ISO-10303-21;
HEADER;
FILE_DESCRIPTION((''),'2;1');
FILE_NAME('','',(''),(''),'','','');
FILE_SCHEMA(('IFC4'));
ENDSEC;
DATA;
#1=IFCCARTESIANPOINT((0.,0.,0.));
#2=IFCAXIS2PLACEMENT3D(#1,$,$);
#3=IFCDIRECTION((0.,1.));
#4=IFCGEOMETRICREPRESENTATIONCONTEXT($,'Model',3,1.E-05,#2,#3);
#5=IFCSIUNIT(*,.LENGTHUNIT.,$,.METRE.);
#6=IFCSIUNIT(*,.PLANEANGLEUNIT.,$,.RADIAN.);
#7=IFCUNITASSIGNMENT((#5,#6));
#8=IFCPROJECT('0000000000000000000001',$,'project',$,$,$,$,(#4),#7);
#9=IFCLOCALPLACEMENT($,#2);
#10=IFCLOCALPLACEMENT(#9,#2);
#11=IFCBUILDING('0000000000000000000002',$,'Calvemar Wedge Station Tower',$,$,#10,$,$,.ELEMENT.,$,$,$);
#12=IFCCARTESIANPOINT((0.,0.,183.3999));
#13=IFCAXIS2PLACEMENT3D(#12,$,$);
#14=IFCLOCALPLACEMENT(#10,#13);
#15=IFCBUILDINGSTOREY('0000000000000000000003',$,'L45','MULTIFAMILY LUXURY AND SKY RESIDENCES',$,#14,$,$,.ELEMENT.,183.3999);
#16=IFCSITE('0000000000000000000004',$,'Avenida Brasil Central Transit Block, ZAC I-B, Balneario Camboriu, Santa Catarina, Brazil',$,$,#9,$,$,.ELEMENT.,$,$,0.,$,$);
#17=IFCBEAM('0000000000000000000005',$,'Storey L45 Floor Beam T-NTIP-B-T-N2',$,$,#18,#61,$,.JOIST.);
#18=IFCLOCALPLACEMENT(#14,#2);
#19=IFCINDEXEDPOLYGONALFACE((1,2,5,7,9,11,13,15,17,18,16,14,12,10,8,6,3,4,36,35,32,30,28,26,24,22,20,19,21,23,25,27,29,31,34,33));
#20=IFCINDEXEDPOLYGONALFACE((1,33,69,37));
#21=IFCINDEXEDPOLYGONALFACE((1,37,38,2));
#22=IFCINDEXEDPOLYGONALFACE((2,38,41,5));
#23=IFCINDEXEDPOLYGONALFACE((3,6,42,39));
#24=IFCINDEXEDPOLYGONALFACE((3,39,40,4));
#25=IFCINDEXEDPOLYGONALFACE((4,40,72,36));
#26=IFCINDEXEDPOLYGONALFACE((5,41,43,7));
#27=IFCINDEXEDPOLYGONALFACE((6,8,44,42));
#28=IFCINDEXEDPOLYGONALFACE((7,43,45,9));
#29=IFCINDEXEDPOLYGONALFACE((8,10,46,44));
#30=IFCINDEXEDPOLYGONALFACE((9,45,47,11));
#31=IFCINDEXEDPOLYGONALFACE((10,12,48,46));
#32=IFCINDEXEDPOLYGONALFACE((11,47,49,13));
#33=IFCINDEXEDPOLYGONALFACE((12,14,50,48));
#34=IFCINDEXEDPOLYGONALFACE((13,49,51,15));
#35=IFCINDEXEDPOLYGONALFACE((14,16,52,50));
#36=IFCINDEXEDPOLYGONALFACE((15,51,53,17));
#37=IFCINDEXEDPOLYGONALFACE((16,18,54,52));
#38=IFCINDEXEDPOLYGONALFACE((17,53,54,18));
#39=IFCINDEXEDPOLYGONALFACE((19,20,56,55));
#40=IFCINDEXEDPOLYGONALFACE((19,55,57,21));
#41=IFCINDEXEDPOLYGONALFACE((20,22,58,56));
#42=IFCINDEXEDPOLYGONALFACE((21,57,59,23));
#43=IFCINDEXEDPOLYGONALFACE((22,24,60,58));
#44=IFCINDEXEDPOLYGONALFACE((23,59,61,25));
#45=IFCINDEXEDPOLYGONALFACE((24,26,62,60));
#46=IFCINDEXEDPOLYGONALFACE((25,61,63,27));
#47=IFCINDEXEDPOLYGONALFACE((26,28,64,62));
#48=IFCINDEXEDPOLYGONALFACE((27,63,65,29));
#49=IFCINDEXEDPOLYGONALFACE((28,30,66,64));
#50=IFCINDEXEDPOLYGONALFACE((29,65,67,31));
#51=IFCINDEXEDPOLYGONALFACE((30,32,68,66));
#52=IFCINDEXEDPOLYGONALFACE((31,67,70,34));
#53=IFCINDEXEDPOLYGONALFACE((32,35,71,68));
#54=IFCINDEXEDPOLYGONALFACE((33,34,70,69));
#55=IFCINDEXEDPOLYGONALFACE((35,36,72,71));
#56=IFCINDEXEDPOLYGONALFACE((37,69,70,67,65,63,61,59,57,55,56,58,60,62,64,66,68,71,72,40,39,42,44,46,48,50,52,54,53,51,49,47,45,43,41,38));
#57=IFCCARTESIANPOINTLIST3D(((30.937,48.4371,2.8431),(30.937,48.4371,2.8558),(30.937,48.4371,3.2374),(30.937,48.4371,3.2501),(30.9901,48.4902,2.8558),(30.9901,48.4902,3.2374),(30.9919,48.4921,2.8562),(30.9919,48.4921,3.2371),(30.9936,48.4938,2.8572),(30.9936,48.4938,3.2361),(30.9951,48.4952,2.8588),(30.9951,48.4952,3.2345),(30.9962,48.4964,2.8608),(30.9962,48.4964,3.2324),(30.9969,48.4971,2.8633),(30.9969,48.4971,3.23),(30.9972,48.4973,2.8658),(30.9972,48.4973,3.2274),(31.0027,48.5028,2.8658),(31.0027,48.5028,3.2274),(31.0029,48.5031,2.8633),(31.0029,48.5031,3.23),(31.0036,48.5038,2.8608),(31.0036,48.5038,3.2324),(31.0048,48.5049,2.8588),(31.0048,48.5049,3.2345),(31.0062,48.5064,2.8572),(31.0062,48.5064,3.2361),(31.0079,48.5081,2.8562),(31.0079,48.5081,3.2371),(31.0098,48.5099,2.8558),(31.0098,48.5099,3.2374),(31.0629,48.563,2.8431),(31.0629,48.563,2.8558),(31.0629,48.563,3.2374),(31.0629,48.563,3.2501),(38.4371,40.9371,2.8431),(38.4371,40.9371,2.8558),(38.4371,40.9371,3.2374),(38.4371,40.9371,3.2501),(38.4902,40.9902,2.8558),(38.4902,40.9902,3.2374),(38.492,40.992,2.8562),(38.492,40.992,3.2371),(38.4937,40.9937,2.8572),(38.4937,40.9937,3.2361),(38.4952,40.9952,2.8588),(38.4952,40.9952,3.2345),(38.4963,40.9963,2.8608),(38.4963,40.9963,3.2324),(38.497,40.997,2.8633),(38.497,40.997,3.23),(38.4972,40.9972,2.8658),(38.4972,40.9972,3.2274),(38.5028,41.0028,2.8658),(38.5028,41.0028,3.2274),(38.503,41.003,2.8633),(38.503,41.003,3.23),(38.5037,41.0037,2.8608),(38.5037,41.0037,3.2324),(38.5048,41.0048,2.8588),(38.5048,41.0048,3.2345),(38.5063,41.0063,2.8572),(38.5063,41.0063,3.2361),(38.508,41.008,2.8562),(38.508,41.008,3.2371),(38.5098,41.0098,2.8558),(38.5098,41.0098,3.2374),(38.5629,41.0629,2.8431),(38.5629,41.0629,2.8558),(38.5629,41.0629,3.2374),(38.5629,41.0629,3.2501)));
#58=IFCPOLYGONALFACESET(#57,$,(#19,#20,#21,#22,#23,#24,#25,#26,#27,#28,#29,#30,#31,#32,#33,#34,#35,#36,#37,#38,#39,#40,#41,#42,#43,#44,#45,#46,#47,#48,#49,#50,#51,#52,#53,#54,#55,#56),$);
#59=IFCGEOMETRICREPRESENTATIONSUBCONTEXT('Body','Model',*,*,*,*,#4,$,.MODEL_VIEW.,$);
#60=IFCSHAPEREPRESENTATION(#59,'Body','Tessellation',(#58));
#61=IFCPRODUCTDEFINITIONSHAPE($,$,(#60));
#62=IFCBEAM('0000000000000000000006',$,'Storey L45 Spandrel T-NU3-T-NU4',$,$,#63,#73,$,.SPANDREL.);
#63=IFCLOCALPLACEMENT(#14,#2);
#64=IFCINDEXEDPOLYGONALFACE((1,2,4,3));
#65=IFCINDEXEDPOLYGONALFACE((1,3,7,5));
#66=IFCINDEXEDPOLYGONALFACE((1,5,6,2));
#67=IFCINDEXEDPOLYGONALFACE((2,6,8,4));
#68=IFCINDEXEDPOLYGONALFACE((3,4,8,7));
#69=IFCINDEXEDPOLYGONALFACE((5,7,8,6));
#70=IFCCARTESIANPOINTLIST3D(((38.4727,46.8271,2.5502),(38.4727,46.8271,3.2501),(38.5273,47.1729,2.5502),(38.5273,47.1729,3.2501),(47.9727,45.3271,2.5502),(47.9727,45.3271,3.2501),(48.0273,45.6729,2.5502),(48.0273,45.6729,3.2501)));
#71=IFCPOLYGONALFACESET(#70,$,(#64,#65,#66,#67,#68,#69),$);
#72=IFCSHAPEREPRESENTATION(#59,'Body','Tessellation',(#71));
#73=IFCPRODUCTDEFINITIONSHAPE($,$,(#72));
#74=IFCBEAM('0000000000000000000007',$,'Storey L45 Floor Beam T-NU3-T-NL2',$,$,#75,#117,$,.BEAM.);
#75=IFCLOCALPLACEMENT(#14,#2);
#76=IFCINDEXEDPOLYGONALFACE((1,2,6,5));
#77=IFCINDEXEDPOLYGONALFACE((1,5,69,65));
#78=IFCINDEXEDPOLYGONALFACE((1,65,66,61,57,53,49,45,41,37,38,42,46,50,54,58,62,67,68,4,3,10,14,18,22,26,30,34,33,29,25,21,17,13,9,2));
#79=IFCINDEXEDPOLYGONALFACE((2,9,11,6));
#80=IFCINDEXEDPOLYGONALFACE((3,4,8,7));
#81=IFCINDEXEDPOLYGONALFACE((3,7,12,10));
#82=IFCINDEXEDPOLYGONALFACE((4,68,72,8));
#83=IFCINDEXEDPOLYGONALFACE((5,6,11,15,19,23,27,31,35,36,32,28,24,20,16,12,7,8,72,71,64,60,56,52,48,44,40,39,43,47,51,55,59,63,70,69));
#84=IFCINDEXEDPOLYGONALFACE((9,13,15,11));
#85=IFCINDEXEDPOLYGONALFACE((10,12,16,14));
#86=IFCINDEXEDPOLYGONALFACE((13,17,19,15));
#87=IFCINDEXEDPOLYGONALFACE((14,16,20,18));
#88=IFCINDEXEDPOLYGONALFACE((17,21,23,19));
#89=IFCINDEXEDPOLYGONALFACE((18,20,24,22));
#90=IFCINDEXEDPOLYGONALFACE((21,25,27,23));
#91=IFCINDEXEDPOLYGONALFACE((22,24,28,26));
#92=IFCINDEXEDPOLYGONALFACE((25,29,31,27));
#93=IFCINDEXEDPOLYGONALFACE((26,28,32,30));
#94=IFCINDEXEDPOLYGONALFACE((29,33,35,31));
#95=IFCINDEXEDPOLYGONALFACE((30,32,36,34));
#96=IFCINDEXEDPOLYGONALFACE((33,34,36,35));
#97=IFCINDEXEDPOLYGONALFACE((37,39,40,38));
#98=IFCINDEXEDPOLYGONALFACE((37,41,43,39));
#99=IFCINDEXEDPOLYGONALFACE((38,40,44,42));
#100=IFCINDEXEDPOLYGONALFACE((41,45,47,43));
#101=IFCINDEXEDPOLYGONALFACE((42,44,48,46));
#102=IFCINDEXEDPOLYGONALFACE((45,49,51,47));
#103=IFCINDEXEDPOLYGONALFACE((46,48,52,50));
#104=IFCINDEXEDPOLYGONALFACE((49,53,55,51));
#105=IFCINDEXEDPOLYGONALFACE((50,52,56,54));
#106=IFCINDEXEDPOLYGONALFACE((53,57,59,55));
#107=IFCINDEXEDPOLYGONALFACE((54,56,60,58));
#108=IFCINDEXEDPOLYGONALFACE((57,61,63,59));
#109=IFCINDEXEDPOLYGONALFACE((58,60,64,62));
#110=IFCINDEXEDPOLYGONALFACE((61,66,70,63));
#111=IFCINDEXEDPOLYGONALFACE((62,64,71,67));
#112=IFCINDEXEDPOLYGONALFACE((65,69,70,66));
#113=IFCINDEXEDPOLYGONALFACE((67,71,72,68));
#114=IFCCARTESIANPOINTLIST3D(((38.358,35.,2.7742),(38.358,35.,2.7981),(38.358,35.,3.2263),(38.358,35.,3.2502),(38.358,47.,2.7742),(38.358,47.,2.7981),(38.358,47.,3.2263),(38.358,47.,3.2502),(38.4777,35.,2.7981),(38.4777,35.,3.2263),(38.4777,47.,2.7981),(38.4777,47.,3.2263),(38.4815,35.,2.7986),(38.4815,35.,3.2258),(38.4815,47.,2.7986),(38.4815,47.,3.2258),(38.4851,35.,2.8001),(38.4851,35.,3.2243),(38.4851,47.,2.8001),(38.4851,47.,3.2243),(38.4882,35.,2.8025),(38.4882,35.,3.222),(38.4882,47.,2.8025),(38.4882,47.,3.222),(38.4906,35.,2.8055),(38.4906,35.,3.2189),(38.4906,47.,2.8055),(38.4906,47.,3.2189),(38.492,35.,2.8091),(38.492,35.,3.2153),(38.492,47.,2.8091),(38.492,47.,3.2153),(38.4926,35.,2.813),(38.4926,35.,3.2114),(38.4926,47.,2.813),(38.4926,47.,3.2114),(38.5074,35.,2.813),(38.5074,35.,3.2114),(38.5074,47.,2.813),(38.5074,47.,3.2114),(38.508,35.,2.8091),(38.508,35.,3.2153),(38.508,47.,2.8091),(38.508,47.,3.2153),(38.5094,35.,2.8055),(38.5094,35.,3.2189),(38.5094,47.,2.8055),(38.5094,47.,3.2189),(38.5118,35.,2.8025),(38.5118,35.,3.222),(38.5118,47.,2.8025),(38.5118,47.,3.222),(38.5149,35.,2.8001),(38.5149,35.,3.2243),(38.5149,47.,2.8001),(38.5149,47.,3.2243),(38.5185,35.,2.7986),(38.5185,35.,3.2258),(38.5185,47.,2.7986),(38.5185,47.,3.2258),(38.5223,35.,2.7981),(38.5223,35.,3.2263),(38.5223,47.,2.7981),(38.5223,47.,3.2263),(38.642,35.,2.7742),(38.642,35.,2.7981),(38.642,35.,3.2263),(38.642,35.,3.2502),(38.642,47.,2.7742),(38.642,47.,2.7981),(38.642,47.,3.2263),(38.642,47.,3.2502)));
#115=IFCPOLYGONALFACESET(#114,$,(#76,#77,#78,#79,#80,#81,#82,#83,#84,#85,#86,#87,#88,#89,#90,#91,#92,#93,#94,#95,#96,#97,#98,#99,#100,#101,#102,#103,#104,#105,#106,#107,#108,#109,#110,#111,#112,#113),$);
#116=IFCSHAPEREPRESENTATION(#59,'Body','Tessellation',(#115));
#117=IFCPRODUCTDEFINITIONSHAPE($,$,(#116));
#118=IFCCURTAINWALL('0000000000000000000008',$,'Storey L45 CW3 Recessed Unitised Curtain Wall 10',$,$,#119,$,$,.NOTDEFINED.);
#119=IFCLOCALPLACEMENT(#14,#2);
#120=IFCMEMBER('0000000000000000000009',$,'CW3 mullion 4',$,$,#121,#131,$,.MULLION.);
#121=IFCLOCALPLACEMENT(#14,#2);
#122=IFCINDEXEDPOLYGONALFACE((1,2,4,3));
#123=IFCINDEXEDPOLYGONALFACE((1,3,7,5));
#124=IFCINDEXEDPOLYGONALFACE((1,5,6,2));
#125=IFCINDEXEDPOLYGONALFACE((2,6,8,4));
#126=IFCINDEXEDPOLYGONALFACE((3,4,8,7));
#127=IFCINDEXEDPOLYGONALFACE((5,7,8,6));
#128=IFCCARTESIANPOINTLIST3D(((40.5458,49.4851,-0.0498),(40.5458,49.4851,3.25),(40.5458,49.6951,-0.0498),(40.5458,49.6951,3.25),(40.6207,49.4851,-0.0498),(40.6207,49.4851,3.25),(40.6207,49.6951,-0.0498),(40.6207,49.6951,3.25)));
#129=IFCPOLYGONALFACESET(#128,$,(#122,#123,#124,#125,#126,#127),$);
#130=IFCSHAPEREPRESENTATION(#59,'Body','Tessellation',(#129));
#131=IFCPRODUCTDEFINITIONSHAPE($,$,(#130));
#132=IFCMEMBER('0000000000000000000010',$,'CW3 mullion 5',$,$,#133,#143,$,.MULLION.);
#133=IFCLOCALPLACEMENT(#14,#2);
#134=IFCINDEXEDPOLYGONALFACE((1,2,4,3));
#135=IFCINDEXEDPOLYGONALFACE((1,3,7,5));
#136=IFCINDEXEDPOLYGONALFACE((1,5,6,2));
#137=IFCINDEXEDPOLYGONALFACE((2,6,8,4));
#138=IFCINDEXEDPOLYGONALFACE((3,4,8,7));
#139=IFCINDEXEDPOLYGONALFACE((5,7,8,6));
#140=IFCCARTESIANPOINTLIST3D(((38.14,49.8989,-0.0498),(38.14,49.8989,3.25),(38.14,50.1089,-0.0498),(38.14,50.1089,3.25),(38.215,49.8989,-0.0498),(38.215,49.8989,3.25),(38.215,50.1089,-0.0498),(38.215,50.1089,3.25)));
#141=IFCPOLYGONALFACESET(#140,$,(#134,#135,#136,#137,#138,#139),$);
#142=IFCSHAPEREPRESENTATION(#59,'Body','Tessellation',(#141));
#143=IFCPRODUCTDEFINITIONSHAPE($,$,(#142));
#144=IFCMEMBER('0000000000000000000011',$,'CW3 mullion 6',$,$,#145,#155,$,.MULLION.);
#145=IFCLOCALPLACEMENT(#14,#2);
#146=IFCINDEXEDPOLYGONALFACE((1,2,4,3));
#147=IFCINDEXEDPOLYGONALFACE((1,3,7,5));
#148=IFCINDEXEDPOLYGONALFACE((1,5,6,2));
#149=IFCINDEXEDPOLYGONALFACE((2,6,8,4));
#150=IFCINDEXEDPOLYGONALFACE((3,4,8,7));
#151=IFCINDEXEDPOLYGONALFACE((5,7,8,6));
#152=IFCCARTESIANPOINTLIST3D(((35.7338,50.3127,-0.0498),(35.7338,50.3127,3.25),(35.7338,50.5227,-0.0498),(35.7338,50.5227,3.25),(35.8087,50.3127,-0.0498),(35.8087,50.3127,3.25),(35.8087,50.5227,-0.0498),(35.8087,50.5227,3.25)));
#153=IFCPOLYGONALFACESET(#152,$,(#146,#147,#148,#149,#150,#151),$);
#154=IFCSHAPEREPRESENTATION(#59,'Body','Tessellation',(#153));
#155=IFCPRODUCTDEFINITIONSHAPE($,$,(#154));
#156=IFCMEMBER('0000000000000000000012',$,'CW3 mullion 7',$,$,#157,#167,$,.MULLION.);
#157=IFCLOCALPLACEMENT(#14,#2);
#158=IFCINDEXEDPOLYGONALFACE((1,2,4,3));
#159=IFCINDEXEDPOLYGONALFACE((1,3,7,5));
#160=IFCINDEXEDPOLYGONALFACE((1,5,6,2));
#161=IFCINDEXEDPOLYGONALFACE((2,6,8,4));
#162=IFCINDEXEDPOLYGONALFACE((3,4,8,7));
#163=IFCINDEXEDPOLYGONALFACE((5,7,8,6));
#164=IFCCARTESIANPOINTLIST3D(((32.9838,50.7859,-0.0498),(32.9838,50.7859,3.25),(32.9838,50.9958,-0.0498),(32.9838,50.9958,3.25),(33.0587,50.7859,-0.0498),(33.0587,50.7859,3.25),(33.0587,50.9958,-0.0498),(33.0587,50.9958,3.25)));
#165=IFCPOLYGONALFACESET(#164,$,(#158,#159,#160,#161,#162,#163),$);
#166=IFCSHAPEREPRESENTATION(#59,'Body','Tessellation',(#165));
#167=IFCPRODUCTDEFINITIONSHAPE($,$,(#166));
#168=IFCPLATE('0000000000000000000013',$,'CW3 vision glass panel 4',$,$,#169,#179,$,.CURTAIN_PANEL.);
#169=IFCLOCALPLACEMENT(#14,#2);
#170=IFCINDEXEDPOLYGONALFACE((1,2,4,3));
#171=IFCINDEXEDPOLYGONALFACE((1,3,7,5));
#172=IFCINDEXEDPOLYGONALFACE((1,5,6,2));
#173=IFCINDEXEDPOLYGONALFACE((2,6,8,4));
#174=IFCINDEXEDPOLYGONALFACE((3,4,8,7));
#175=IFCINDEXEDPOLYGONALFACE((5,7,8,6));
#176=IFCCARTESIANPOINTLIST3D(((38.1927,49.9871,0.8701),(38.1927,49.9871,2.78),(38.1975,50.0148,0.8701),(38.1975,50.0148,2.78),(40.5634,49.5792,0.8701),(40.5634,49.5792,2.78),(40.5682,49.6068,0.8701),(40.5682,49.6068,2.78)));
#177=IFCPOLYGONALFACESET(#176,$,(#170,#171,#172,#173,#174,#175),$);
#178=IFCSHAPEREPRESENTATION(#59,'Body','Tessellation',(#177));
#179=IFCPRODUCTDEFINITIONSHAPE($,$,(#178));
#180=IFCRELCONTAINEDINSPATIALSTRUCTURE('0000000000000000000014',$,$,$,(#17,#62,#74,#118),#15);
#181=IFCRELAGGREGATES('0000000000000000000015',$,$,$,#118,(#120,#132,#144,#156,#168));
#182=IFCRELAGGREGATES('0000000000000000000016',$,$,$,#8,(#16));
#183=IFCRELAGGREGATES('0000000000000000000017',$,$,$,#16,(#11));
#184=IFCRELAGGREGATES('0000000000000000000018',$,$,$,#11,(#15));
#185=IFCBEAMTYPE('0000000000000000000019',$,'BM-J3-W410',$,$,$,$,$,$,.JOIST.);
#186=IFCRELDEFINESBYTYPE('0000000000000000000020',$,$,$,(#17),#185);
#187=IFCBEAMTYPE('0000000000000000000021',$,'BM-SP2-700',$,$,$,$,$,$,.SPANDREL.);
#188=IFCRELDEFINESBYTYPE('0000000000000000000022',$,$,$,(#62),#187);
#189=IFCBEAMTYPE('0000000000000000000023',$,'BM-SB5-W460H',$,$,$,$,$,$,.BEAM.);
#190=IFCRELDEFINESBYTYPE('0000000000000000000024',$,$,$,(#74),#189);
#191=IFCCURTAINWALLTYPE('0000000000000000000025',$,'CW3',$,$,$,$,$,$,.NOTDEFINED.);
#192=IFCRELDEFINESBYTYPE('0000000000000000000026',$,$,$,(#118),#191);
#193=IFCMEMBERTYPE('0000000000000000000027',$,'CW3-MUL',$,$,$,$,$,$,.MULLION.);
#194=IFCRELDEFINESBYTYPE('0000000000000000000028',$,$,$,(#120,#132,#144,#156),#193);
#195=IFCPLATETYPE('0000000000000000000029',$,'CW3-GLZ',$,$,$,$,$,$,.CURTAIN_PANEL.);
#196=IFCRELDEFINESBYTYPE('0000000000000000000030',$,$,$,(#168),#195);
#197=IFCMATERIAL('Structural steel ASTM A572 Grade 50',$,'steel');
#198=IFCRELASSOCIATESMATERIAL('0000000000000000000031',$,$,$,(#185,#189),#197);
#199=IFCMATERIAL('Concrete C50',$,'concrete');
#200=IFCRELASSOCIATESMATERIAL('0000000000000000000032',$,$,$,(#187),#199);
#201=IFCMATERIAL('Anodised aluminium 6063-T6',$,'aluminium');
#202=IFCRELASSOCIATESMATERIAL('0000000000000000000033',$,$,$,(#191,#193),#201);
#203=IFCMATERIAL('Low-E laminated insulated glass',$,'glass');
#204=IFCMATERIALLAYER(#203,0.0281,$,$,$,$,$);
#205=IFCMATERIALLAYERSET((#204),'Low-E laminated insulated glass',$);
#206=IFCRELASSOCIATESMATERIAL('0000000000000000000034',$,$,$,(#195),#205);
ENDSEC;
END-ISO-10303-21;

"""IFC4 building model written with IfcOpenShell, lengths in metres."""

from ifc_helpers import new_model, si_unit, direction, frame, frame_2d, origin, origin_2d, place, context, subcontext, project, spatial, rectangle, i_section, extrude, source, transform, mapped, material, layer, layer_set, material_profile, profile_set, type_object, element, aggregate, save


model = new_model("IFC4")

# Units and contexts
model_context = context("Model", 3, precision=1e-05, world=origin(), true_north=direction((0.0, 1.0)))
body_context = subcontext(model_context, "Body", "Model", "MODEL_VIEW")
ifc_project = project(units=[si_unit("LENGTHUNIT", "METRE"), si_unit("PLANEANGLEUNIT", "RADIAN")], contexts=[model_context])

# Site, building, storey
site_placement = place(None, origin())
site = spatial("IfcSite", under=ifc_project, at=site_placement, Name="Avenida Brasil Central Transit Block, ZAC I-B, Balneario Camboriu, Santa Catarina, Brazil", CompositionType="ELEMENT", RefElevation=0.0)
building_placement = place(site_placement, origin())
building = spatial("IfcBuilding", under=site, at=building_placement, Name="Calvemar Wedge Station Tower", CompositionType="ELEMENT")
storey_placement = place(building_placement, frame((0.0, 0.0, 183.3999)))
storey = spatial("IfcBuildingStorey", under=building, at=storey_placement, Name="L45", Description="MULTIFAMILY LUXURY AND SKY RESIDENCES", CompositionType="ELEMENT", Elevation=183.3999)

# Shared definitions
ifc_material_1 = material(Name="Concrete C50", Category="concrete")
ifc_material_2 = material(Name="Structural steel ASTM A572 Grade 50", Category="steel")

# Beams
ifc_material_profile_1 = material_profile(ifc_material_2, i_section(OverallWidth=0.178, OverallDepth=0.407, WebThickness=0.0078, FlangeThickness=0.0127, FilletRadius=0.01, at=origin_2d()), Name="W410x60")
ifc_profile_set_1 = profile_set([ifc_material_profile_1], Name="Structural steel ASTM A572 Grade 50")
beam_type_1 = type_object("IfcBeamType", Name="BM-J3-W410", PredefinedType="JOIST", material=ifc_profile_set_1)
shared_shape_1 = source(origin(), body_context, "Body", "SweptSolid", [
    extrude(i_section(OverallWidth=0.178, OverallDepth=0.407, WebThickness=0.0078, FlangeThickness=0.0127, FilletRadius=0.01, at=origin_2d()), origin(), (0.0, 0.0, 1.0), 10.6067),
])
beam_1_placement = place(storey_placement, frame((38.5, 41.0, 3.0466), z_axis=(-0.707107, 0.707107, 0.0), x_axis=(-0.707107, -0.707107, 0.0)))
element("IfcBeam", 1, at=beam_1_placement, inside=storey, type_object=beam_type_1, Name="Storey L45 Floor Beam T-NTIP-B-T-N2", PredefinedType="JOIST", context=body_context, shape_type="MappedRepresentation", body=[
    mapped(shared_shape_1, transform((0.0, 0.0, 0.0), scale=1.0)),
])
ifc_material_profile_2 = material_profile(ifc_material_1, rectangle(XDim=0.3501, YDim=0.7, at=origin_2d()), Name="RC350x700")
ifc_profile_set_2 = profile_set([ifc_material_profile_2], Name="Concrete C50")
beam_type_2 = type_object("IfcBeamType", Name="BM-SP2-700", PredefinedType="SPANDREL", material=ifc_profile_set_2)
shared_shape_2 = source(origin(), body_context, "Body", "SweptSolid", [
    extrude(rectangle(XDim=0.3501, YDim=0.7, at=origin_2d()), origin(), (0.0, 0.0, 1.0), 9.6177),
])
beam_2_placement = place(storey_placement, frame((38.5, 47.0, 2.9001), z_axis=(0.987763, -0.155963, 0.0), x_axis=(0.155963, 0.987763, 0.0)))
element("IfcBeam", 2, at=beam_2_placement, inside=storey, type_object=beam_type_2, Name="Storey L45 Spandrel T-NU3-T-NU4", PredefinedType="SPANDREL", context=body_context, shape_type="MappedRepresentation", body=[
    mapped(shared_shape_2, transform((0.0, 0.0, 0.0), scale=1.0)),
])
ifc_material_profile_3 = material_profile(ifc_material_2, i_section(OverallWidth=0.2839, OverallDepth=0.4761, WebThickness=0.0149, FlangeThickness=0.0239, FilletRadius=0.0149, at=origin_2d()), Name="W460x158")
ifc_profile_set_3 = profile_set([ifc_material_profile_3], Name="Structural steel ASTM A572 Grade 50")
beam_type_3 = type_object("IfcBeamType", Name="BM-SB5-W460H", PredefinedType="BEAM", material=ifc_profile_set_3)
shared_shape_3 = source(origin(), body_context, "Body", "SweptSolid", [
    extrude(i_section(OverallWidth=0.2839, OverallDepth=0.4761, WebThickness=0.0149, FlangeThickness=0.0239, FilletRadius=0.0149, at=origin_2d()), origin(), (0.0, 0.0, 1.0), 12.0),
])
beam_3_placement = place(storey_placement, frame((38.5, 47.0, 3.0122), z_axis=(0.0, -1.0, 0.0), x_axis=(1.0, 0.0, 0.0)))
element("IfcBeam", 3, at=beam_3_placement, inside=storey, type_object=beam_type_3, Name="Storey L45 Floor Beam T-NU3-T-NL2", PredefinedType="BEAM", context=body_context, shape_type="MappedRepresentation", body=[
    mapped(shared_shape_3, transform((0.0, 0.0, 0.0), scale=1.0)),
])

# Curtain wall, members, plate
ifc_material_3 = material(Name="Anodised aluminium 6063-T6", Category="aluminium")
curtain_wall_type = type_object("IfcCurtainWallType", Name="CW3", PredefinedType="NOTDEFINED", material=ifc_material_3)
curtain_wall_placement = place(storey_placement, origin())
curtain_wall = element("IfcCurtainWall", 4, at=curtain_wall_placement, inside=storey, type_object=curtain_wall_type, Name="Storey L45 CW3 Recessed Unitised Curtain Wall 10", PredefinedType="NOTDEFINED")
ifc_material_profile_4 = material_profile(ifc_material_3, rectangle(XDim=0.075, YDim=0.21, at=origin_2d()), Name="AL-MUL-75x210")
ifc_profile_set_4 = profile_set([ifc_material_profile_4], Name="Anodised aluminium 6063-T6")
member_type = type_object("IfcMemberType", Name="CW3-MUL", PredefinedType="MULLION", material=ifc_profile_set_4)
shared_shape_4 = source(origin(), body_context, "Body", "SweptSolid", [
    extrude(rectangle(XDim=0.075, YDim=0.21, at=origin_2d()), origin(), (0.0, 0.0, 1.0), 3.2998),
])
member_1_placement = place(storey_placement, frame((40.5833, 49.5901, -0.0498), z_axis=(0.0, 0.0, 1.0), x_axis=(1.0, 0.0, 0.0)))
member_1 = element("IfcMember", 5, at=member_1_placement, type_object=member_type, Name="CW3 mullion 4", PredefinedType="MULLION", context=body_context, shape_type="MappedRepresentation", body=[
    mapped(shared_shape_4, transform((0.0, 0.0, 0.0), scale=1.0)),
])
member_2_placement = place(storey_placement, frame((38.1775, 50.0039, -0.0498), z_axis=(0.0, 0.0, 1.0), x_axis=(1.0, 0.0, 0.0)))
member_2 = element("IfcMember", 6, at=member_2_placement, type_object=member_type, Name="CW3 mullion 5", PredefinedType="MULLION", context=body_context, shape_type="MappedRepresentation", body=[
    mapped(shared_shape_4, transform((0.0, 0.0, 0.0), scale=1.0)),
])
member_3_placement = place(storey_placement, frame((35.7712, 50.4177, -0.0498), z_axis=(0.0, 0.0, 1.0), x_axis=(1.0, 0.0, 0.0)))
member_3 = element("IfcMember", 7, at=member_3_placement, type_object=member_type, Name="CW3 mullion 6", PredefinedType="MULLION", context=body_context, shape_type="MappedRepresentation", body=[
    mapped(shared_shape_4, transform((0.0, 0.0, 0.0), scale=1.0)),
])
member_4_placement = place(storey_placement, frame((33.0212, 50.8909, -0.0498), z_axis=(0.0, 0.0, 1.0), x_axis=(1.0, 0.0, 0.0)))
member_4 = element("IfcMember", 8, at=member_4_placement, type_object=member_type, Name="CW3 mullion 7", PredefinedType="MULLION", context=body_context, shape_type="MappedRepresentation", body=[
    mapped(shared_shape_4, transform((0.0, 0.0, 0.0), scale=1.0)),
])
ifc_material_4 = material(Name="Low-E laminated insulated glass", Category="glass")
ifc_layer_1 = layer(ifc_material_4, 0.0281)
ifc_layer_set_1 = layer_set([ifc_layer_1], Name="Low-E laminated insulated glass")
plate_type_1 = type_object("IfcPlateType", Name="CW3-GLZ", PredefinedType="CURTAIN_PANEL", material=ifc_layer_set_1)
plate_1_placement = place(storey_placement, frame((40.5657, 49.593, 0.8701), z_axis=(0.0, 0.0, 1.0), x_axis=(-0.985513, 0.169598, 0.0)))
plate_1 = element("IfcPlate", 9, at=plate_1_placement, type_object=plate_type_1, Name="CW3 vision glass panel 4", PredefinedType="CURTAIN_PANEL", context=body_context, shape_type="SweptSolid", body=[
    extrude(rectangle(XDim=2.4055, YDim=0.0281, at=frame_2d((1.2026, 0.0))), origin(), (0.0, 0.0, 1.0), 1.9099),
])
aggregate(curtain_wall, [member_1, member_2, member_3, member_4, plate_1])

save(model, "model.ifc")
